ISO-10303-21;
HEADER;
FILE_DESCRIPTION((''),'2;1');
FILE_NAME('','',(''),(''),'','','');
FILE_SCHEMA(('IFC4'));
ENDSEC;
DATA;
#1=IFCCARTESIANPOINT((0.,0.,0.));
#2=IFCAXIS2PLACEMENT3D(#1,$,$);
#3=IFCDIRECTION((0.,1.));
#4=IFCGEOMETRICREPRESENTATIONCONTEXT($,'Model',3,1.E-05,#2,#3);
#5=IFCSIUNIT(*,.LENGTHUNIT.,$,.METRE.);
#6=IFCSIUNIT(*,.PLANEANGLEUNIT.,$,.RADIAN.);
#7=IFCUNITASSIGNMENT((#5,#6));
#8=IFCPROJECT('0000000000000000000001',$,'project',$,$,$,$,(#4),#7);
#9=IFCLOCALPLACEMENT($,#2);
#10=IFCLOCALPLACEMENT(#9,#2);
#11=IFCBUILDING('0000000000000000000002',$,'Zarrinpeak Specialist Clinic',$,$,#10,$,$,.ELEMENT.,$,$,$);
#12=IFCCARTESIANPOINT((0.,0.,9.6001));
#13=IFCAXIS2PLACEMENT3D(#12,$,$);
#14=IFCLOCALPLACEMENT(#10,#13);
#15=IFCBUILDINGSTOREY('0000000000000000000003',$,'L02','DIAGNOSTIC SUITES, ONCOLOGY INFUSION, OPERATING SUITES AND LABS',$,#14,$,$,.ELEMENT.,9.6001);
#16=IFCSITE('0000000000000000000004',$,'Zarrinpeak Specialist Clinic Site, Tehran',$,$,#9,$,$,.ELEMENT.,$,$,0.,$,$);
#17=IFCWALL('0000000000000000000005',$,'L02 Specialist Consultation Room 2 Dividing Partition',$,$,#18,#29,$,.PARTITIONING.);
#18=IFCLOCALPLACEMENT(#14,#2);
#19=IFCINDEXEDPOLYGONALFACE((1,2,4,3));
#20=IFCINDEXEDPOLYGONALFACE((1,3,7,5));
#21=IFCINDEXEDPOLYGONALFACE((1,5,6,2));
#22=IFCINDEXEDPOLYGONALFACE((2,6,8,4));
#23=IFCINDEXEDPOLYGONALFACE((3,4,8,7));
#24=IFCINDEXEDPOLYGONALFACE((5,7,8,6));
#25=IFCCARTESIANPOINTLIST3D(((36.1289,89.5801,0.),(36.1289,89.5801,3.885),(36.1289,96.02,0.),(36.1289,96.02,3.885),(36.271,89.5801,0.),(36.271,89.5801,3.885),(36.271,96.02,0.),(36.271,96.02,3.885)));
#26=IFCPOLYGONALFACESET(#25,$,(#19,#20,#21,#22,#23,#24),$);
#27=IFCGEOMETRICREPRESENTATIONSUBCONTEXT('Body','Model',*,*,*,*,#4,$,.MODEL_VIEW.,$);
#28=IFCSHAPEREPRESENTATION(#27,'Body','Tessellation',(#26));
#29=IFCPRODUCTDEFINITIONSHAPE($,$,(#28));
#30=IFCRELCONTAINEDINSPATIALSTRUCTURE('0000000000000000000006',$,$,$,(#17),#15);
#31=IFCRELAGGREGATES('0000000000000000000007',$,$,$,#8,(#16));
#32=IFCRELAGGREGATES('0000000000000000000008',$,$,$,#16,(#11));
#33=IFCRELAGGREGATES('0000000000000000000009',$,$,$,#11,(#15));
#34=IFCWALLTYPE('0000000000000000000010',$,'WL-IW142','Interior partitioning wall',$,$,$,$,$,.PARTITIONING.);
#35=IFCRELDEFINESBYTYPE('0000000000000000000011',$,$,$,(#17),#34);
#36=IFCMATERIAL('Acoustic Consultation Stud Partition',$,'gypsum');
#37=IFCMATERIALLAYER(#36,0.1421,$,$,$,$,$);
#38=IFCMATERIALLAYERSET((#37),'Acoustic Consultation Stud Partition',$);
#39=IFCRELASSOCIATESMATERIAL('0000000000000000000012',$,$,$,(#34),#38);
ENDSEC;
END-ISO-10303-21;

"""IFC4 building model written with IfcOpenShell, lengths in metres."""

from ifc_helpers import new_model, si_unit, direction, frame, frame_2d, origin, place, context, subcontext, project, spatial, rectangle, extrude, material, layer, layer_set, type_object, element, save


model = new_model("IFC4")

# Units and contexts
model_context = context("Model", 3, precision=1e-05, world=origin(), true_north=direction((0.0, 1.0)))
body_context = subcontext(model_context, "Body", "Model", "MODEL_VIEW")
ifc_project = project(units=[si_unit("LENGTHUNIT", "METRE"), si_unit("PLANEANGLEUNIT", "RADIAN")], contexts=[model_context])

# Site, building, storey
site_placement = place(None, origin())
site = spatial("IfcSite", under=ifc_project, at=site_placement, Name="Zarrinpeak Specialist Clinic Site, Tehran", CompositionType="ELEMENT", RefElevation=0.0)
building_placement = place(site_placement, origin())
building = spatial("IfcBuilding", under=site, at=building_placement, Name="Zarrinpeak Specialist Clinic", CompositionType="ELEMENT")
storey_placement = place(building_placement, frame((0.0, 0.0, 9.6001)))
storey = spatial("IfcBuildingStorey", under=building, at=storey_placement, Name="L02", Description="DIAGNOSTIC SUITES, ONCOLOGY INFUSION, OPERATING SUITES AND LABS", CompositionType="ELEMENT", Elevation=9.6001)

# Wall
ifc_material_1 = material(Name="Acoustic Consultation Stud Partition", Category="gypsum")
ifc_layer_1 = layer(ifc_material_1, 0.1421)
ifc_layer_set_1 = layer_set([ifc_layer_1], Name="Acoustic Consultation Stud Partition")
wall_type_1 = type_object("IfcWallType", Name="WL-IW142", Description="Interior partitioning wall", PredefinedType="PARTITIONING", material=ifc_layer_set_1)
wall_1_placement = place(storey_placement, frame((36.2, 89.5801, 0.0), z_axis=(0.0, 0.0, 1.0), x_axis=(0.0, 1.0, 0.0)))
element("IfcWall", 1, at=wall_1_placement, inside=storey, type_object=wall_type_1, Name="L02 Specialist Consultation Room 2 Dividing Partition", PredefinedType="PARTITIONING", context=body_context, shape_type="SweptSolid", body=[
    extrude(rectangle(XDim=6.4399, YDim=0.1421, at=frame_2d((3.22, 0.0))), origin(), (0.0, 0.0, 1.0), 3.885),
])

save(model, "model.ifc")
